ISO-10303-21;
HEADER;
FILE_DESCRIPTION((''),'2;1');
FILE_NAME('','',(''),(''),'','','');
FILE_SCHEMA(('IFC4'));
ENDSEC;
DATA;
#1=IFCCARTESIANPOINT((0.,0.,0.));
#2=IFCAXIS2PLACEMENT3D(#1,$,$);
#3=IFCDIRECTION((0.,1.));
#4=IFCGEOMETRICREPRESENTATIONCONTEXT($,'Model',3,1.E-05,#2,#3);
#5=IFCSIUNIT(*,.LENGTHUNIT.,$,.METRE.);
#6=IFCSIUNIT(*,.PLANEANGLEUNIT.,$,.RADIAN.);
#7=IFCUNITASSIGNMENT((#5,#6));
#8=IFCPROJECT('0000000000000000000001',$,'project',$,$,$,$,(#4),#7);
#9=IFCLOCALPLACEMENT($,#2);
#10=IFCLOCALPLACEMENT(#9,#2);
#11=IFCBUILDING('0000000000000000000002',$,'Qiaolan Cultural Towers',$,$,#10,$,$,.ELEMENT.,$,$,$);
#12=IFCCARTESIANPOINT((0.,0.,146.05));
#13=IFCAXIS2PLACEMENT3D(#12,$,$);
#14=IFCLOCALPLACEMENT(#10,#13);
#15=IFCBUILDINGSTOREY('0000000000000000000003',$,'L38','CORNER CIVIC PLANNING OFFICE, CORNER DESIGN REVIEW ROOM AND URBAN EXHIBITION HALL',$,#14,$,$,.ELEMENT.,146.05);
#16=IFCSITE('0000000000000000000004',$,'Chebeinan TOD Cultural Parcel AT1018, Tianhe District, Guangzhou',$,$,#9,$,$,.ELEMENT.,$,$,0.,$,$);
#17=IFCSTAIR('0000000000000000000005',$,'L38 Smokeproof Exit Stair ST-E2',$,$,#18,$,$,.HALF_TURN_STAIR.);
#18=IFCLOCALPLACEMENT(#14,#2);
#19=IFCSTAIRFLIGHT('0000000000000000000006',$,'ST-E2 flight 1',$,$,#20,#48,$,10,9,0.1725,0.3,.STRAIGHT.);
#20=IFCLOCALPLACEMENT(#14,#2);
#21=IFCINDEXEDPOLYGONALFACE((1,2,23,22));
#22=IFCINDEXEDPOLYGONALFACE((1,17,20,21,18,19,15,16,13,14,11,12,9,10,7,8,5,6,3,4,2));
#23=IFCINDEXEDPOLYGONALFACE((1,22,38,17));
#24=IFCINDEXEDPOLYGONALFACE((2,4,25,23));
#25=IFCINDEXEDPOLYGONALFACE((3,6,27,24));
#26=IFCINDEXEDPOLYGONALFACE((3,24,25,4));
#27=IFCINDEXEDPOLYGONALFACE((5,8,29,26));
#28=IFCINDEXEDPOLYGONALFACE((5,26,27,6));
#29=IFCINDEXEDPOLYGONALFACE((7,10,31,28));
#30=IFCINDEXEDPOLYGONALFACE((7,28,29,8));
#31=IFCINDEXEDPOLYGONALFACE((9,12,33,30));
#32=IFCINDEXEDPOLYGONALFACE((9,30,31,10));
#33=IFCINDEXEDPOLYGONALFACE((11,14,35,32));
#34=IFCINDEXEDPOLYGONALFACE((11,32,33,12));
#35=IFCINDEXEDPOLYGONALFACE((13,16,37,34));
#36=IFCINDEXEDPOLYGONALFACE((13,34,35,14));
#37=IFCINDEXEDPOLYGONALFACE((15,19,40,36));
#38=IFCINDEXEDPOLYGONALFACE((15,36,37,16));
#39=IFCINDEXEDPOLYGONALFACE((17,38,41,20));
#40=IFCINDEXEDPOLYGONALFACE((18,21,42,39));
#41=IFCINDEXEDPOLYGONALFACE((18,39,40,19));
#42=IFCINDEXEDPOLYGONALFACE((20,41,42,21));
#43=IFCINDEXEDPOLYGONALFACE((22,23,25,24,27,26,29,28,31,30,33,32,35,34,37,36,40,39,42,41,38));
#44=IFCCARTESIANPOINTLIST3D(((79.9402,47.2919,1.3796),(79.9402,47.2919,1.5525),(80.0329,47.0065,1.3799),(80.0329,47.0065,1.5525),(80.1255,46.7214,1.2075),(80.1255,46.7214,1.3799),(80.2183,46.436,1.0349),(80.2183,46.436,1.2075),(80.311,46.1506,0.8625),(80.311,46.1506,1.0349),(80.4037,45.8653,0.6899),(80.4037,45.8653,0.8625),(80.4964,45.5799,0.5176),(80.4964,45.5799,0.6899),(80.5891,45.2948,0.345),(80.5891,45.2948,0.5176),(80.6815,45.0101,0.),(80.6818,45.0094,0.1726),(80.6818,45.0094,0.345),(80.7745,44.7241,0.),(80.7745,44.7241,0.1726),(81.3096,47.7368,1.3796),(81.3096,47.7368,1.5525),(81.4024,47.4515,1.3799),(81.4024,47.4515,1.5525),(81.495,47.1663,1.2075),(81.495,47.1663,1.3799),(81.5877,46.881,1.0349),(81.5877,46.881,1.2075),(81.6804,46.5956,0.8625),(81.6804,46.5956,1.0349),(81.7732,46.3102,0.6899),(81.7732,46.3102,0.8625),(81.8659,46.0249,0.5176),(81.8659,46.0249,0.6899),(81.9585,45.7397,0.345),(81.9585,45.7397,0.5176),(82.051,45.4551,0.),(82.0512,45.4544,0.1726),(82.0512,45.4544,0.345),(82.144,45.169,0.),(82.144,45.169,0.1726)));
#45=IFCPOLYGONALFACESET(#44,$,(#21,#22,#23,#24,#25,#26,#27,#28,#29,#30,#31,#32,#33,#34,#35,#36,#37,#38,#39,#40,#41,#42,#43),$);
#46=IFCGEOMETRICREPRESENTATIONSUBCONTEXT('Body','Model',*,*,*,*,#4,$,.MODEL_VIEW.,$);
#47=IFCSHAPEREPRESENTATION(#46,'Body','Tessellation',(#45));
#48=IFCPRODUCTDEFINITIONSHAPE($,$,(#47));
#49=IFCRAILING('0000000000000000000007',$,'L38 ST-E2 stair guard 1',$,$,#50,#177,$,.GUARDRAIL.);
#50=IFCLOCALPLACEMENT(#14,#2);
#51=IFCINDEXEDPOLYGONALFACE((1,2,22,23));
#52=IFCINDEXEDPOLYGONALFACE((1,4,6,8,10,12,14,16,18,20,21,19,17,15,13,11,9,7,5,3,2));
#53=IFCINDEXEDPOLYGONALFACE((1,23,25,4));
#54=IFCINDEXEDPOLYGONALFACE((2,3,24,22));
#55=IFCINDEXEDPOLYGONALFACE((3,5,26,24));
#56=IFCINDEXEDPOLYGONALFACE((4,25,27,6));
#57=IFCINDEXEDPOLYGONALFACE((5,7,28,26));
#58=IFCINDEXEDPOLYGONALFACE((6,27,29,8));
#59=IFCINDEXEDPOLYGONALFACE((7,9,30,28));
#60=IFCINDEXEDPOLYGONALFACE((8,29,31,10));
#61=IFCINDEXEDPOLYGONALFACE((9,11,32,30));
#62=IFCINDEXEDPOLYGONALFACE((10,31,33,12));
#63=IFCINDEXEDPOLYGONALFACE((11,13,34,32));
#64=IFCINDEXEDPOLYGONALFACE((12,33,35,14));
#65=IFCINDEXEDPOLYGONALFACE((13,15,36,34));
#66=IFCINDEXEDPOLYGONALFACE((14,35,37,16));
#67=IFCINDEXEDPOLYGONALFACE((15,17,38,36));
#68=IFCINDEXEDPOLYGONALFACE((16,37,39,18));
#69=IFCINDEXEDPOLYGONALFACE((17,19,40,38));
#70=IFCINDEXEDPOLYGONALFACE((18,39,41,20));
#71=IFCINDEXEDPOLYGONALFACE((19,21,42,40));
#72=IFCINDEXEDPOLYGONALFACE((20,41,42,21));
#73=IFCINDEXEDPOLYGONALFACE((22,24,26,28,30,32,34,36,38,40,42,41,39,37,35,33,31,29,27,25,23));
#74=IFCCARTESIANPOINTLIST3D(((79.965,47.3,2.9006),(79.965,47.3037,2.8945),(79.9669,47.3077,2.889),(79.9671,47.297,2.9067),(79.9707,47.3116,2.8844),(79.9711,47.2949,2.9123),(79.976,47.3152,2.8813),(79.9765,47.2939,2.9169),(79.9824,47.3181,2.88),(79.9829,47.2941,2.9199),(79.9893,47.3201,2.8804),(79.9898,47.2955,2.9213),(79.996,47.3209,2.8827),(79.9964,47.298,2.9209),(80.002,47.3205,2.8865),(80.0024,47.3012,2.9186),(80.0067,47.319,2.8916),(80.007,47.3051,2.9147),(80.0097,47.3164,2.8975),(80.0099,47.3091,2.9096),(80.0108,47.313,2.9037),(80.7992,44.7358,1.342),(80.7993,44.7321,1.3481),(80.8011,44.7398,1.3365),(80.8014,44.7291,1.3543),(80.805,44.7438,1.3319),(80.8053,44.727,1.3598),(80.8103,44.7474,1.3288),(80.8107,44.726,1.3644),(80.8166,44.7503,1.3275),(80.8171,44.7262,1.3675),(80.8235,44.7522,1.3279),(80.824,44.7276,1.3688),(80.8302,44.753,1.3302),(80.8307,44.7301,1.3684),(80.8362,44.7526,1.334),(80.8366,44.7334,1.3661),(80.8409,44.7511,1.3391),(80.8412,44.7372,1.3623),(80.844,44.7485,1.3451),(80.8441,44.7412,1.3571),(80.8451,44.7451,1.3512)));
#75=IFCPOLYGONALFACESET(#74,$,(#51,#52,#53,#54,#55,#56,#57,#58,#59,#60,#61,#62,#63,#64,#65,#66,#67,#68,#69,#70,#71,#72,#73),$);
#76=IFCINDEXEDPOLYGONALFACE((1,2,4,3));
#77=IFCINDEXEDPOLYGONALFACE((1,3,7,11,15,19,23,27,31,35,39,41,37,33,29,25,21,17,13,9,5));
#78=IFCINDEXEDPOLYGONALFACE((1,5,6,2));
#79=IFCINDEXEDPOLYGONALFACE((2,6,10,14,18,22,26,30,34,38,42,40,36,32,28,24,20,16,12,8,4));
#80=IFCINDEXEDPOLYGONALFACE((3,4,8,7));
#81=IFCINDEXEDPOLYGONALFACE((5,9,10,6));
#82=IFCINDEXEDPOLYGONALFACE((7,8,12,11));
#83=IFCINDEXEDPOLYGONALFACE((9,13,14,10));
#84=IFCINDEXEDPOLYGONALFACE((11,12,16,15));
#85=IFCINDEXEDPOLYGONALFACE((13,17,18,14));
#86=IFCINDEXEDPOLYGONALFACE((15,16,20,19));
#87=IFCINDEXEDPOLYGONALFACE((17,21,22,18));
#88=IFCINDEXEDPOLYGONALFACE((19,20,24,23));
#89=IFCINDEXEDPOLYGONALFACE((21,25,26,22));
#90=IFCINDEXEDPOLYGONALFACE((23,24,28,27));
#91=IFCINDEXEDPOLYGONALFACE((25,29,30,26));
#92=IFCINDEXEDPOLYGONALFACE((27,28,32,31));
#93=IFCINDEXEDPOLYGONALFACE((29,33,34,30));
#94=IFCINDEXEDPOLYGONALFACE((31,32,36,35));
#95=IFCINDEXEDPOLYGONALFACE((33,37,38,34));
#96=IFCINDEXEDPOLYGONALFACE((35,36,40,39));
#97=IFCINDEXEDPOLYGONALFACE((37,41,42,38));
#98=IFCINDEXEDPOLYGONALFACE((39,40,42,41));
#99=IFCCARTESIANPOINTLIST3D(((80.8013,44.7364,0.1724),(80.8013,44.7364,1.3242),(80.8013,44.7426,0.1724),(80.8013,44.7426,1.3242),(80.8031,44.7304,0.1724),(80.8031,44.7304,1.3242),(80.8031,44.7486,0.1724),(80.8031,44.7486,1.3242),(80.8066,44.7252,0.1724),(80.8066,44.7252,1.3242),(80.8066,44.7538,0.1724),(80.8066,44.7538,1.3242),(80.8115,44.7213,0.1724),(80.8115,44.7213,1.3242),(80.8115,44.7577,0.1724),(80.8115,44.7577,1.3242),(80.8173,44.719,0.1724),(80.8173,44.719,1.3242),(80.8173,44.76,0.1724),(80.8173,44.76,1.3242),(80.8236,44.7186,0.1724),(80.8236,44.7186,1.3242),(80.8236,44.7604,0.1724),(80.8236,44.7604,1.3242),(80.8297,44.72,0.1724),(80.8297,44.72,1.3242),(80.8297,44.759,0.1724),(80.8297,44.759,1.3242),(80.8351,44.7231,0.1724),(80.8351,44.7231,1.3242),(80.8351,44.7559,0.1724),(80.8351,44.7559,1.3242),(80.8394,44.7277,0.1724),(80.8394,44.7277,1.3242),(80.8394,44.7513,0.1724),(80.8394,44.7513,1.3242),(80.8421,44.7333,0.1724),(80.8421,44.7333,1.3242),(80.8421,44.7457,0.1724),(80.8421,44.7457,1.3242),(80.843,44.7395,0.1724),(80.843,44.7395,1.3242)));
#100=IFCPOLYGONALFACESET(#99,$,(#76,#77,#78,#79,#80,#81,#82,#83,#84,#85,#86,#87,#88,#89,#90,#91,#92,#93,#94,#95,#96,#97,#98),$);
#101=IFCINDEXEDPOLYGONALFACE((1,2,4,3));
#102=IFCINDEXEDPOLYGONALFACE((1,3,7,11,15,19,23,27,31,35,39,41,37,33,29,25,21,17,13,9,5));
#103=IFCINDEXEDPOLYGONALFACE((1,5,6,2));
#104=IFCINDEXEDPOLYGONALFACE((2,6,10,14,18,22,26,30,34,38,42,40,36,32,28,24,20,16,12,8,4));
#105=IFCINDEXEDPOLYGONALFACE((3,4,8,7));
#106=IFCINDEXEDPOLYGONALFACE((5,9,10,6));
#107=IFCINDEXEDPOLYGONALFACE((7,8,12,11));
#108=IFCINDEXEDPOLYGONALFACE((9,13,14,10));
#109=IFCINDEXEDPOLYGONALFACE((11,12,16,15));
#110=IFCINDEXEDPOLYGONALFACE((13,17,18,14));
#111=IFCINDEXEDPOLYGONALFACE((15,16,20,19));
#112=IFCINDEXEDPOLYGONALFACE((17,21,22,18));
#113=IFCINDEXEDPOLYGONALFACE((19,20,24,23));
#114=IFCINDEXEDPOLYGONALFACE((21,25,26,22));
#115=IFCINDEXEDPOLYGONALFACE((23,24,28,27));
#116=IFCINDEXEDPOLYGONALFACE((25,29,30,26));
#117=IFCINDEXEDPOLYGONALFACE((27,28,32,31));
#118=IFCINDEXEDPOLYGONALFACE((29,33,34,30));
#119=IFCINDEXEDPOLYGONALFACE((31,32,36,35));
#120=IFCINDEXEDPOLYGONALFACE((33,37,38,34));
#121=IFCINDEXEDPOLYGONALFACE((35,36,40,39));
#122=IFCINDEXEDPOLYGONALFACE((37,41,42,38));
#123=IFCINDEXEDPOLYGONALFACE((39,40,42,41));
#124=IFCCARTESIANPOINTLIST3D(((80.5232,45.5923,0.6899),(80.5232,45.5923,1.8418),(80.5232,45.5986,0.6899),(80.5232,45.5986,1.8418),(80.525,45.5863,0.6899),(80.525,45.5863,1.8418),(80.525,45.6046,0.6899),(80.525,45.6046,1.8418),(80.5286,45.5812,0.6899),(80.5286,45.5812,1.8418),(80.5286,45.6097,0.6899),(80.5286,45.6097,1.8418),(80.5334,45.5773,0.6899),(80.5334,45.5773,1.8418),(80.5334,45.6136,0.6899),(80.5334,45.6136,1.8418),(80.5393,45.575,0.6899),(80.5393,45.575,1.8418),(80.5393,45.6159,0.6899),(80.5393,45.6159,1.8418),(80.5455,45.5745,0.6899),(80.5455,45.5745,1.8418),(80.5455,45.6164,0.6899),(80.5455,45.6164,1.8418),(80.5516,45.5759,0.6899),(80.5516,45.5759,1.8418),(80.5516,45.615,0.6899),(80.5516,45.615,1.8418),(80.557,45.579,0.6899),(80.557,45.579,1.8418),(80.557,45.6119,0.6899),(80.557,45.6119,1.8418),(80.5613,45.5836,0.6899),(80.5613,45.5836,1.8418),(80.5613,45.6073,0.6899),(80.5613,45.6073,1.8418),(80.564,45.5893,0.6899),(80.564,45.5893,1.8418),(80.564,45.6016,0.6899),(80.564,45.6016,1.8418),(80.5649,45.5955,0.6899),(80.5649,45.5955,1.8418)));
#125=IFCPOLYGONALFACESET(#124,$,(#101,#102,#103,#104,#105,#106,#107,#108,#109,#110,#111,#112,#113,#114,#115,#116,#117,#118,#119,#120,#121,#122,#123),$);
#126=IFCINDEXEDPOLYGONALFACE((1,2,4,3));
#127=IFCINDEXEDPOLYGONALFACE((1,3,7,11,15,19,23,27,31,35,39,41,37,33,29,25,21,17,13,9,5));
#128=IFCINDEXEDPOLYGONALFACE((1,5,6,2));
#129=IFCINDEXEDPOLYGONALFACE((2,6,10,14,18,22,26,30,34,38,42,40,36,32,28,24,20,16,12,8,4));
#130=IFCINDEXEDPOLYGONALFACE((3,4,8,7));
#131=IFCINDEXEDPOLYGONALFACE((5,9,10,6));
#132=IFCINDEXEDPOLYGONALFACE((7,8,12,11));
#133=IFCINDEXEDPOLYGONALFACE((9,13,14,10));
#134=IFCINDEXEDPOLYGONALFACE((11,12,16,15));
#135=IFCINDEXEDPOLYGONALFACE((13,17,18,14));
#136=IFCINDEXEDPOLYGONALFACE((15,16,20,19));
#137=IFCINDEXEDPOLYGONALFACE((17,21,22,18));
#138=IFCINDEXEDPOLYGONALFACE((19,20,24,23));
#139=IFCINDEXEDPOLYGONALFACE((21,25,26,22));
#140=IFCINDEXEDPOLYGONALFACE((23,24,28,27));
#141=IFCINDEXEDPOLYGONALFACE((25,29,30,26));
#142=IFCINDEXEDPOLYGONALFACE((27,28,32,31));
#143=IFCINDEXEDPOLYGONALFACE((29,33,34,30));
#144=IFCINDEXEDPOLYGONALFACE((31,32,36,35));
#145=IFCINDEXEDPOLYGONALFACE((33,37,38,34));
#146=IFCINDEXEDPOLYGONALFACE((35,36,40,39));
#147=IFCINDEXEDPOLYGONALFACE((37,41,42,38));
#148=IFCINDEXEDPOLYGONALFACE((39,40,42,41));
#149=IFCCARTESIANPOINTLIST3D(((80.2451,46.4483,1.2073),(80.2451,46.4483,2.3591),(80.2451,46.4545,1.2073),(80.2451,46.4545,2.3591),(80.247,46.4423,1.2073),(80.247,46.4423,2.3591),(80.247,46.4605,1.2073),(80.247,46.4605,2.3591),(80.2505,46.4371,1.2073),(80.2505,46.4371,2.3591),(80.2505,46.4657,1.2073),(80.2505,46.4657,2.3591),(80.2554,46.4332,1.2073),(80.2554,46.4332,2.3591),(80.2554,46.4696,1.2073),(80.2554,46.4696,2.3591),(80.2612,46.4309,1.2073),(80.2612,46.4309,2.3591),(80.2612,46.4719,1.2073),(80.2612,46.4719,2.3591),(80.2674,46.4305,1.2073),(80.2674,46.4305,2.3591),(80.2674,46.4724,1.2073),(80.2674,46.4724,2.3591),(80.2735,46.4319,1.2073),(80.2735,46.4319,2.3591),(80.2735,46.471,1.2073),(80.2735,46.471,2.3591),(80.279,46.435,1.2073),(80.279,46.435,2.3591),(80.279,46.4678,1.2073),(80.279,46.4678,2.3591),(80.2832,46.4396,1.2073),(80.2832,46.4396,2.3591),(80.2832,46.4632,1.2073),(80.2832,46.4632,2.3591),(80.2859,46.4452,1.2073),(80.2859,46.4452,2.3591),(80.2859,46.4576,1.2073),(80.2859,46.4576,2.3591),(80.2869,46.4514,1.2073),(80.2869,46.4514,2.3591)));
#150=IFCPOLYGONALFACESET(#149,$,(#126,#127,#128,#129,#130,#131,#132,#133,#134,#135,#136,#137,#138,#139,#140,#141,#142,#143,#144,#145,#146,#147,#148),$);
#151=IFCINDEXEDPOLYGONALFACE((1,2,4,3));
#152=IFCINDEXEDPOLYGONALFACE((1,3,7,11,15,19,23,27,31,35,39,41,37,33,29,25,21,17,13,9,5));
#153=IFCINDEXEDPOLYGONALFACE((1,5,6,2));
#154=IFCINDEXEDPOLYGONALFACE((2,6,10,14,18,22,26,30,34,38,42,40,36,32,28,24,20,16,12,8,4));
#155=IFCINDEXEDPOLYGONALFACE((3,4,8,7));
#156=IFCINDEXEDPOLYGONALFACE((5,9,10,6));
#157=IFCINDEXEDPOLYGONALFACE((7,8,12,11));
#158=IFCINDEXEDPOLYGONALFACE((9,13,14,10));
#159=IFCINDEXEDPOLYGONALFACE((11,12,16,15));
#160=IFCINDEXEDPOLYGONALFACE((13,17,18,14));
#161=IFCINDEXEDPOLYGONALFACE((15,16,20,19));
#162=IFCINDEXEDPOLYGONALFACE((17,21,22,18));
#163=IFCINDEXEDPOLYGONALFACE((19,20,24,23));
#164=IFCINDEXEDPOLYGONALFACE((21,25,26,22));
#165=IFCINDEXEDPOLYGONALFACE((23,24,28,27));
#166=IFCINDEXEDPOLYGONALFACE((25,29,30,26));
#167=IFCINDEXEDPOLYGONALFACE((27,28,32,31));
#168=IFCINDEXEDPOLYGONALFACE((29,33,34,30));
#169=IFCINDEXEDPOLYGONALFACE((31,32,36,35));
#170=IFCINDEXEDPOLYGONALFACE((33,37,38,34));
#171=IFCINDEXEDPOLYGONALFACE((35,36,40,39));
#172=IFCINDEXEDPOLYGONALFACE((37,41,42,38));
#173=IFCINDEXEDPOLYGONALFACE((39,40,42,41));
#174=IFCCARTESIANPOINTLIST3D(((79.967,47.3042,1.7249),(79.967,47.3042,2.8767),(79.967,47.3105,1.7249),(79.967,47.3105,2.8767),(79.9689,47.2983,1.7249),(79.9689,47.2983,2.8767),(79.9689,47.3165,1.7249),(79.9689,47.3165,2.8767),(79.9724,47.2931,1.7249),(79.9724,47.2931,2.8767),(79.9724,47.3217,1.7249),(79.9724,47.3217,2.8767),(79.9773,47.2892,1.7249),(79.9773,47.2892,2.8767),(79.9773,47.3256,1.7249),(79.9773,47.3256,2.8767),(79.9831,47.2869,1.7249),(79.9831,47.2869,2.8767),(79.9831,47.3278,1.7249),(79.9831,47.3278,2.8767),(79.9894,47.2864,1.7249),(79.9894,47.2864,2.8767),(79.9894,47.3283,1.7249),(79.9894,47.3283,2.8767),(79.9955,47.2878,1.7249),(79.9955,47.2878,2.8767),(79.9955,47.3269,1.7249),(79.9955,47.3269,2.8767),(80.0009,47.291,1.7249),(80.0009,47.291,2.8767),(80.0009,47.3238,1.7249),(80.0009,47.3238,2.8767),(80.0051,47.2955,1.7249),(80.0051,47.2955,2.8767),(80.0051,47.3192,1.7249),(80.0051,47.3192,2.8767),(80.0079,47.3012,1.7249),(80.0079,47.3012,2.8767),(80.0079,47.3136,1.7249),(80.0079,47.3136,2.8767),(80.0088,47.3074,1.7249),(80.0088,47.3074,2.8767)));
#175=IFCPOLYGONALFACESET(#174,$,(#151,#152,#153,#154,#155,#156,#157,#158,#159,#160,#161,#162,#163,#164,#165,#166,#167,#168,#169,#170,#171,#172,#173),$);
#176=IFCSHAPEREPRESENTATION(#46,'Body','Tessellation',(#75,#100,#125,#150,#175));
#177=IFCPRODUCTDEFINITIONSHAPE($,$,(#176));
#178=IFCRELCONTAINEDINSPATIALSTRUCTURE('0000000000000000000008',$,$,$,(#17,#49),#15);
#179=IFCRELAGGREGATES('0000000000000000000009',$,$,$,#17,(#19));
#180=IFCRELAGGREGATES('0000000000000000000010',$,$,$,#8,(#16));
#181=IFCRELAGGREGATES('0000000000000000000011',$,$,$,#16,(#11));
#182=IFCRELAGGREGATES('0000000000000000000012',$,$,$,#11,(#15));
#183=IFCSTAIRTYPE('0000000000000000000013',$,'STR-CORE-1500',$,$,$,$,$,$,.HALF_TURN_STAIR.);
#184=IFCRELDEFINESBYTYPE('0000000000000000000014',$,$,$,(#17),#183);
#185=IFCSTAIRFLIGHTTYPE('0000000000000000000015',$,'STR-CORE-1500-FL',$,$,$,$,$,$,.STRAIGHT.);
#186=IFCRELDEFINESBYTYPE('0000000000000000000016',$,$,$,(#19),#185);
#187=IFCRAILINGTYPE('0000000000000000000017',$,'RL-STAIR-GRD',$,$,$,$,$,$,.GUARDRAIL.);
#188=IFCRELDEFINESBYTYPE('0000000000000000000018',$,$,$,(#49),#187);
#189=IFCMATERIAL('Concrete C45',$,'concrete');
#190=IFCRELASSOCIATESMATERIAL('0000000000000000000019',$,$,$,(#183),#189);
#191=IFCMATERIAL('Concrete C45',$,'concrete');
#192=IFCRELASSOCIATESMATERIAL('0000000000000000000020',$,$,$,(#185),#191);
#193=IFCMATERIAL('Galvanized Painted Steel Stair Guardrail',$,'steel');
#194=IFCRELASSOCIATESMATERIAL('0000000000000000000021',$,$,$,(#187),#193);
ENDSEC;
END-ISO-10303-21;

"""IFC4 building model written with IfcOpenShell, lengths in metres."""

from ifc_helpers import new_model, si_unit, direction, frame, origin, origin_2d, place, context, subcontext, project, spatial, polyline, circle, outline, extrude, material, type_object, element, aggregate, save


model = new_model("IFC4")

# Units and contexts
model_context = context("Model", 3, precision=1e-05, world=origin(), true_north=direction((0.0, 1.0)))
body_context = subcontext(model_context, "Body", "Model", "MODEL_VIEW")
ifc_project = project(units=[si_unit("LENGTHUNIT", "METRE"), si_unit("PLANEANGLEUNIT", "RADIAN")], contexts=[model_context])

# Site, building, storey
site_placement = place(None, origin())
site = spatial("IfcSite", under=ifc_project, at=site_placement, Name="Chebeinan TOD Cultural Parcel AT1018, Tianhe District, Guangzhou", CompositionType="ELEMENT", RefElevation=0.0)
building_placement = place(site_placement, origin())
building = spatial("IfcBuilding", under=site, at=building_placement, Name="Qiaolan Cultural Towers", CompositionType="ELEMENT")
storey_placement = place(building_placement, frame((0.0, 0.0, 146.05)))
storey = spatial("IfcBuildingStorey", under=building, at=storey_placement, Name="L38", Description="CORNER CIVIC PLANNING OFFICE, CORNER DESIGN REVIEW ROOM AND URBAN EXHIBITION HALL", CompositionType="ELEMENT", Elevation=146.05)

# Stair, stair flight
ifc_material_1 = material(Name="Concrete C45", Category="concrete")
stair_type = type_object("IfcStairType", Name="STR-CORE-1500", PredefinedType="HALF_TURN_STAIR", material=ifc_material_1)
stair_placement = place(storey_placement, origin())
stair = element("IfcStair", 1, at=stair_placement, inside=storey, type_object=stair_type, Name="L38 Smokeproof Exit Stair ST-E2", PredefinedType="HALF_TURN_STAIR")
ifc_material_2 = material(Name="Concrete C45", Category="concrete")
stair_flight_type = type_object("IfcStairFlightType", Name="STR-CORE-1500-FL", PredefinedType="STRAIGHT", material=ifc_material_2)
stair_flight_placement = place(storey_placement, frame((81.4592, 44.9465, 0.0), z_axis=(0.0, 0.0, 1.0), x_axis=(-0.309017, 0.951057, 0.0)))
stair_flight = element("IfcStairFlight", 2, at=stair_flight_placement, type_object=stair_flight_type, Name="ST-E2 flight 1", NumberOfRisers=10, NumberOfTreads=9, PredefinedType="STRAIGHT", RiserHeight=0.1725, TreadLength=0.3, context=body_context, shape_type="SweptSolid", body=[
    extrude(outline(polyline([(0.0, 0.0), (0.0, 0.1726), (0.3, 0.1726), (0.3, 0.345), (0.6001, 0.345), (0.6001, 0.5176), (0.8999, 0.5176), (0.8999, 0.6899), (1.2, 0.6899), (1.2, 0.8625), (1.5, 0.8625), (1.5, 1.0349), (1.8, 1.0349), (1.8, 1.2075), (2.1001, 1.2075), (2.1001, 1.3799), (2.3999, 1.3799), (2.3999, 1.5525), (2.7, 1.5525), (2.7, 1.7251), (2.7, 1.3796), (0.3008, 0.0), (0.0, 0.0)])), frame((0.0, 0.72, 0.0), z_axis=(0.0, -1.0, 0.0), x_axis=(1.0, 0.0, 0.0)), (0.0, 0.0, 1.0), 1.4399),
])
aggregate(stair, [stair_flight])

# Railing
ifc_material_3 = material(Name="Galvanized Painted Steel Stair Guardrail", Category="steel")
railing_type_1 = type_object("IfcRailingType", Name="RL-STAIR-GRD", PredefinedType="GUARDRAIL", material=ifc_material_3)
railing_1_placement = place(storey_placement, frame((80.822, 44.7395, 0.1724)))
element("IfcRailing", 3, at=railing_1_placement, inside=storey, type_object=railing_type_1, Name="L38 ST-E2 stair guard 1", PredefinedType="GUARDRAIL", context=body_context, shape_type="SweptSolid", body=[
    extrude(circle(Radius=0.0239, at=origin_2d()), frame((0.0, 0.0, 1.1758), z_axis=(-0.267853, 0.824488, 0.498471), x_axis=(-0.95107, -0.308976, 0.0)), (0.0, 0.0, 1.0), 3.1145),
    extrude(circle(Radius=0.021, at=origin_2d()), origin(), (0.0, 0.0, 1.0), 1.1519),
    extrude(circle(Radius=0.021, at=origin_2d()), frame((-0.2781, 0.856, 0.5176)), (0.0, 0.0, 1.0), 1.1519),
    extrude(circle(Radius=0.021, at=origin_2d()), frame((-0.5562, 1.7119, 1.0349)), (0.0, 0.0, 1.0), 1.1519),
    extrude(circle(Radius=0.021, at=origin_2d()), frame((-0.8342, 2.5679, 1.5525)), (0.0, 0.0, 1.0), 1.1519),
])

save(model, "model.ifc")
